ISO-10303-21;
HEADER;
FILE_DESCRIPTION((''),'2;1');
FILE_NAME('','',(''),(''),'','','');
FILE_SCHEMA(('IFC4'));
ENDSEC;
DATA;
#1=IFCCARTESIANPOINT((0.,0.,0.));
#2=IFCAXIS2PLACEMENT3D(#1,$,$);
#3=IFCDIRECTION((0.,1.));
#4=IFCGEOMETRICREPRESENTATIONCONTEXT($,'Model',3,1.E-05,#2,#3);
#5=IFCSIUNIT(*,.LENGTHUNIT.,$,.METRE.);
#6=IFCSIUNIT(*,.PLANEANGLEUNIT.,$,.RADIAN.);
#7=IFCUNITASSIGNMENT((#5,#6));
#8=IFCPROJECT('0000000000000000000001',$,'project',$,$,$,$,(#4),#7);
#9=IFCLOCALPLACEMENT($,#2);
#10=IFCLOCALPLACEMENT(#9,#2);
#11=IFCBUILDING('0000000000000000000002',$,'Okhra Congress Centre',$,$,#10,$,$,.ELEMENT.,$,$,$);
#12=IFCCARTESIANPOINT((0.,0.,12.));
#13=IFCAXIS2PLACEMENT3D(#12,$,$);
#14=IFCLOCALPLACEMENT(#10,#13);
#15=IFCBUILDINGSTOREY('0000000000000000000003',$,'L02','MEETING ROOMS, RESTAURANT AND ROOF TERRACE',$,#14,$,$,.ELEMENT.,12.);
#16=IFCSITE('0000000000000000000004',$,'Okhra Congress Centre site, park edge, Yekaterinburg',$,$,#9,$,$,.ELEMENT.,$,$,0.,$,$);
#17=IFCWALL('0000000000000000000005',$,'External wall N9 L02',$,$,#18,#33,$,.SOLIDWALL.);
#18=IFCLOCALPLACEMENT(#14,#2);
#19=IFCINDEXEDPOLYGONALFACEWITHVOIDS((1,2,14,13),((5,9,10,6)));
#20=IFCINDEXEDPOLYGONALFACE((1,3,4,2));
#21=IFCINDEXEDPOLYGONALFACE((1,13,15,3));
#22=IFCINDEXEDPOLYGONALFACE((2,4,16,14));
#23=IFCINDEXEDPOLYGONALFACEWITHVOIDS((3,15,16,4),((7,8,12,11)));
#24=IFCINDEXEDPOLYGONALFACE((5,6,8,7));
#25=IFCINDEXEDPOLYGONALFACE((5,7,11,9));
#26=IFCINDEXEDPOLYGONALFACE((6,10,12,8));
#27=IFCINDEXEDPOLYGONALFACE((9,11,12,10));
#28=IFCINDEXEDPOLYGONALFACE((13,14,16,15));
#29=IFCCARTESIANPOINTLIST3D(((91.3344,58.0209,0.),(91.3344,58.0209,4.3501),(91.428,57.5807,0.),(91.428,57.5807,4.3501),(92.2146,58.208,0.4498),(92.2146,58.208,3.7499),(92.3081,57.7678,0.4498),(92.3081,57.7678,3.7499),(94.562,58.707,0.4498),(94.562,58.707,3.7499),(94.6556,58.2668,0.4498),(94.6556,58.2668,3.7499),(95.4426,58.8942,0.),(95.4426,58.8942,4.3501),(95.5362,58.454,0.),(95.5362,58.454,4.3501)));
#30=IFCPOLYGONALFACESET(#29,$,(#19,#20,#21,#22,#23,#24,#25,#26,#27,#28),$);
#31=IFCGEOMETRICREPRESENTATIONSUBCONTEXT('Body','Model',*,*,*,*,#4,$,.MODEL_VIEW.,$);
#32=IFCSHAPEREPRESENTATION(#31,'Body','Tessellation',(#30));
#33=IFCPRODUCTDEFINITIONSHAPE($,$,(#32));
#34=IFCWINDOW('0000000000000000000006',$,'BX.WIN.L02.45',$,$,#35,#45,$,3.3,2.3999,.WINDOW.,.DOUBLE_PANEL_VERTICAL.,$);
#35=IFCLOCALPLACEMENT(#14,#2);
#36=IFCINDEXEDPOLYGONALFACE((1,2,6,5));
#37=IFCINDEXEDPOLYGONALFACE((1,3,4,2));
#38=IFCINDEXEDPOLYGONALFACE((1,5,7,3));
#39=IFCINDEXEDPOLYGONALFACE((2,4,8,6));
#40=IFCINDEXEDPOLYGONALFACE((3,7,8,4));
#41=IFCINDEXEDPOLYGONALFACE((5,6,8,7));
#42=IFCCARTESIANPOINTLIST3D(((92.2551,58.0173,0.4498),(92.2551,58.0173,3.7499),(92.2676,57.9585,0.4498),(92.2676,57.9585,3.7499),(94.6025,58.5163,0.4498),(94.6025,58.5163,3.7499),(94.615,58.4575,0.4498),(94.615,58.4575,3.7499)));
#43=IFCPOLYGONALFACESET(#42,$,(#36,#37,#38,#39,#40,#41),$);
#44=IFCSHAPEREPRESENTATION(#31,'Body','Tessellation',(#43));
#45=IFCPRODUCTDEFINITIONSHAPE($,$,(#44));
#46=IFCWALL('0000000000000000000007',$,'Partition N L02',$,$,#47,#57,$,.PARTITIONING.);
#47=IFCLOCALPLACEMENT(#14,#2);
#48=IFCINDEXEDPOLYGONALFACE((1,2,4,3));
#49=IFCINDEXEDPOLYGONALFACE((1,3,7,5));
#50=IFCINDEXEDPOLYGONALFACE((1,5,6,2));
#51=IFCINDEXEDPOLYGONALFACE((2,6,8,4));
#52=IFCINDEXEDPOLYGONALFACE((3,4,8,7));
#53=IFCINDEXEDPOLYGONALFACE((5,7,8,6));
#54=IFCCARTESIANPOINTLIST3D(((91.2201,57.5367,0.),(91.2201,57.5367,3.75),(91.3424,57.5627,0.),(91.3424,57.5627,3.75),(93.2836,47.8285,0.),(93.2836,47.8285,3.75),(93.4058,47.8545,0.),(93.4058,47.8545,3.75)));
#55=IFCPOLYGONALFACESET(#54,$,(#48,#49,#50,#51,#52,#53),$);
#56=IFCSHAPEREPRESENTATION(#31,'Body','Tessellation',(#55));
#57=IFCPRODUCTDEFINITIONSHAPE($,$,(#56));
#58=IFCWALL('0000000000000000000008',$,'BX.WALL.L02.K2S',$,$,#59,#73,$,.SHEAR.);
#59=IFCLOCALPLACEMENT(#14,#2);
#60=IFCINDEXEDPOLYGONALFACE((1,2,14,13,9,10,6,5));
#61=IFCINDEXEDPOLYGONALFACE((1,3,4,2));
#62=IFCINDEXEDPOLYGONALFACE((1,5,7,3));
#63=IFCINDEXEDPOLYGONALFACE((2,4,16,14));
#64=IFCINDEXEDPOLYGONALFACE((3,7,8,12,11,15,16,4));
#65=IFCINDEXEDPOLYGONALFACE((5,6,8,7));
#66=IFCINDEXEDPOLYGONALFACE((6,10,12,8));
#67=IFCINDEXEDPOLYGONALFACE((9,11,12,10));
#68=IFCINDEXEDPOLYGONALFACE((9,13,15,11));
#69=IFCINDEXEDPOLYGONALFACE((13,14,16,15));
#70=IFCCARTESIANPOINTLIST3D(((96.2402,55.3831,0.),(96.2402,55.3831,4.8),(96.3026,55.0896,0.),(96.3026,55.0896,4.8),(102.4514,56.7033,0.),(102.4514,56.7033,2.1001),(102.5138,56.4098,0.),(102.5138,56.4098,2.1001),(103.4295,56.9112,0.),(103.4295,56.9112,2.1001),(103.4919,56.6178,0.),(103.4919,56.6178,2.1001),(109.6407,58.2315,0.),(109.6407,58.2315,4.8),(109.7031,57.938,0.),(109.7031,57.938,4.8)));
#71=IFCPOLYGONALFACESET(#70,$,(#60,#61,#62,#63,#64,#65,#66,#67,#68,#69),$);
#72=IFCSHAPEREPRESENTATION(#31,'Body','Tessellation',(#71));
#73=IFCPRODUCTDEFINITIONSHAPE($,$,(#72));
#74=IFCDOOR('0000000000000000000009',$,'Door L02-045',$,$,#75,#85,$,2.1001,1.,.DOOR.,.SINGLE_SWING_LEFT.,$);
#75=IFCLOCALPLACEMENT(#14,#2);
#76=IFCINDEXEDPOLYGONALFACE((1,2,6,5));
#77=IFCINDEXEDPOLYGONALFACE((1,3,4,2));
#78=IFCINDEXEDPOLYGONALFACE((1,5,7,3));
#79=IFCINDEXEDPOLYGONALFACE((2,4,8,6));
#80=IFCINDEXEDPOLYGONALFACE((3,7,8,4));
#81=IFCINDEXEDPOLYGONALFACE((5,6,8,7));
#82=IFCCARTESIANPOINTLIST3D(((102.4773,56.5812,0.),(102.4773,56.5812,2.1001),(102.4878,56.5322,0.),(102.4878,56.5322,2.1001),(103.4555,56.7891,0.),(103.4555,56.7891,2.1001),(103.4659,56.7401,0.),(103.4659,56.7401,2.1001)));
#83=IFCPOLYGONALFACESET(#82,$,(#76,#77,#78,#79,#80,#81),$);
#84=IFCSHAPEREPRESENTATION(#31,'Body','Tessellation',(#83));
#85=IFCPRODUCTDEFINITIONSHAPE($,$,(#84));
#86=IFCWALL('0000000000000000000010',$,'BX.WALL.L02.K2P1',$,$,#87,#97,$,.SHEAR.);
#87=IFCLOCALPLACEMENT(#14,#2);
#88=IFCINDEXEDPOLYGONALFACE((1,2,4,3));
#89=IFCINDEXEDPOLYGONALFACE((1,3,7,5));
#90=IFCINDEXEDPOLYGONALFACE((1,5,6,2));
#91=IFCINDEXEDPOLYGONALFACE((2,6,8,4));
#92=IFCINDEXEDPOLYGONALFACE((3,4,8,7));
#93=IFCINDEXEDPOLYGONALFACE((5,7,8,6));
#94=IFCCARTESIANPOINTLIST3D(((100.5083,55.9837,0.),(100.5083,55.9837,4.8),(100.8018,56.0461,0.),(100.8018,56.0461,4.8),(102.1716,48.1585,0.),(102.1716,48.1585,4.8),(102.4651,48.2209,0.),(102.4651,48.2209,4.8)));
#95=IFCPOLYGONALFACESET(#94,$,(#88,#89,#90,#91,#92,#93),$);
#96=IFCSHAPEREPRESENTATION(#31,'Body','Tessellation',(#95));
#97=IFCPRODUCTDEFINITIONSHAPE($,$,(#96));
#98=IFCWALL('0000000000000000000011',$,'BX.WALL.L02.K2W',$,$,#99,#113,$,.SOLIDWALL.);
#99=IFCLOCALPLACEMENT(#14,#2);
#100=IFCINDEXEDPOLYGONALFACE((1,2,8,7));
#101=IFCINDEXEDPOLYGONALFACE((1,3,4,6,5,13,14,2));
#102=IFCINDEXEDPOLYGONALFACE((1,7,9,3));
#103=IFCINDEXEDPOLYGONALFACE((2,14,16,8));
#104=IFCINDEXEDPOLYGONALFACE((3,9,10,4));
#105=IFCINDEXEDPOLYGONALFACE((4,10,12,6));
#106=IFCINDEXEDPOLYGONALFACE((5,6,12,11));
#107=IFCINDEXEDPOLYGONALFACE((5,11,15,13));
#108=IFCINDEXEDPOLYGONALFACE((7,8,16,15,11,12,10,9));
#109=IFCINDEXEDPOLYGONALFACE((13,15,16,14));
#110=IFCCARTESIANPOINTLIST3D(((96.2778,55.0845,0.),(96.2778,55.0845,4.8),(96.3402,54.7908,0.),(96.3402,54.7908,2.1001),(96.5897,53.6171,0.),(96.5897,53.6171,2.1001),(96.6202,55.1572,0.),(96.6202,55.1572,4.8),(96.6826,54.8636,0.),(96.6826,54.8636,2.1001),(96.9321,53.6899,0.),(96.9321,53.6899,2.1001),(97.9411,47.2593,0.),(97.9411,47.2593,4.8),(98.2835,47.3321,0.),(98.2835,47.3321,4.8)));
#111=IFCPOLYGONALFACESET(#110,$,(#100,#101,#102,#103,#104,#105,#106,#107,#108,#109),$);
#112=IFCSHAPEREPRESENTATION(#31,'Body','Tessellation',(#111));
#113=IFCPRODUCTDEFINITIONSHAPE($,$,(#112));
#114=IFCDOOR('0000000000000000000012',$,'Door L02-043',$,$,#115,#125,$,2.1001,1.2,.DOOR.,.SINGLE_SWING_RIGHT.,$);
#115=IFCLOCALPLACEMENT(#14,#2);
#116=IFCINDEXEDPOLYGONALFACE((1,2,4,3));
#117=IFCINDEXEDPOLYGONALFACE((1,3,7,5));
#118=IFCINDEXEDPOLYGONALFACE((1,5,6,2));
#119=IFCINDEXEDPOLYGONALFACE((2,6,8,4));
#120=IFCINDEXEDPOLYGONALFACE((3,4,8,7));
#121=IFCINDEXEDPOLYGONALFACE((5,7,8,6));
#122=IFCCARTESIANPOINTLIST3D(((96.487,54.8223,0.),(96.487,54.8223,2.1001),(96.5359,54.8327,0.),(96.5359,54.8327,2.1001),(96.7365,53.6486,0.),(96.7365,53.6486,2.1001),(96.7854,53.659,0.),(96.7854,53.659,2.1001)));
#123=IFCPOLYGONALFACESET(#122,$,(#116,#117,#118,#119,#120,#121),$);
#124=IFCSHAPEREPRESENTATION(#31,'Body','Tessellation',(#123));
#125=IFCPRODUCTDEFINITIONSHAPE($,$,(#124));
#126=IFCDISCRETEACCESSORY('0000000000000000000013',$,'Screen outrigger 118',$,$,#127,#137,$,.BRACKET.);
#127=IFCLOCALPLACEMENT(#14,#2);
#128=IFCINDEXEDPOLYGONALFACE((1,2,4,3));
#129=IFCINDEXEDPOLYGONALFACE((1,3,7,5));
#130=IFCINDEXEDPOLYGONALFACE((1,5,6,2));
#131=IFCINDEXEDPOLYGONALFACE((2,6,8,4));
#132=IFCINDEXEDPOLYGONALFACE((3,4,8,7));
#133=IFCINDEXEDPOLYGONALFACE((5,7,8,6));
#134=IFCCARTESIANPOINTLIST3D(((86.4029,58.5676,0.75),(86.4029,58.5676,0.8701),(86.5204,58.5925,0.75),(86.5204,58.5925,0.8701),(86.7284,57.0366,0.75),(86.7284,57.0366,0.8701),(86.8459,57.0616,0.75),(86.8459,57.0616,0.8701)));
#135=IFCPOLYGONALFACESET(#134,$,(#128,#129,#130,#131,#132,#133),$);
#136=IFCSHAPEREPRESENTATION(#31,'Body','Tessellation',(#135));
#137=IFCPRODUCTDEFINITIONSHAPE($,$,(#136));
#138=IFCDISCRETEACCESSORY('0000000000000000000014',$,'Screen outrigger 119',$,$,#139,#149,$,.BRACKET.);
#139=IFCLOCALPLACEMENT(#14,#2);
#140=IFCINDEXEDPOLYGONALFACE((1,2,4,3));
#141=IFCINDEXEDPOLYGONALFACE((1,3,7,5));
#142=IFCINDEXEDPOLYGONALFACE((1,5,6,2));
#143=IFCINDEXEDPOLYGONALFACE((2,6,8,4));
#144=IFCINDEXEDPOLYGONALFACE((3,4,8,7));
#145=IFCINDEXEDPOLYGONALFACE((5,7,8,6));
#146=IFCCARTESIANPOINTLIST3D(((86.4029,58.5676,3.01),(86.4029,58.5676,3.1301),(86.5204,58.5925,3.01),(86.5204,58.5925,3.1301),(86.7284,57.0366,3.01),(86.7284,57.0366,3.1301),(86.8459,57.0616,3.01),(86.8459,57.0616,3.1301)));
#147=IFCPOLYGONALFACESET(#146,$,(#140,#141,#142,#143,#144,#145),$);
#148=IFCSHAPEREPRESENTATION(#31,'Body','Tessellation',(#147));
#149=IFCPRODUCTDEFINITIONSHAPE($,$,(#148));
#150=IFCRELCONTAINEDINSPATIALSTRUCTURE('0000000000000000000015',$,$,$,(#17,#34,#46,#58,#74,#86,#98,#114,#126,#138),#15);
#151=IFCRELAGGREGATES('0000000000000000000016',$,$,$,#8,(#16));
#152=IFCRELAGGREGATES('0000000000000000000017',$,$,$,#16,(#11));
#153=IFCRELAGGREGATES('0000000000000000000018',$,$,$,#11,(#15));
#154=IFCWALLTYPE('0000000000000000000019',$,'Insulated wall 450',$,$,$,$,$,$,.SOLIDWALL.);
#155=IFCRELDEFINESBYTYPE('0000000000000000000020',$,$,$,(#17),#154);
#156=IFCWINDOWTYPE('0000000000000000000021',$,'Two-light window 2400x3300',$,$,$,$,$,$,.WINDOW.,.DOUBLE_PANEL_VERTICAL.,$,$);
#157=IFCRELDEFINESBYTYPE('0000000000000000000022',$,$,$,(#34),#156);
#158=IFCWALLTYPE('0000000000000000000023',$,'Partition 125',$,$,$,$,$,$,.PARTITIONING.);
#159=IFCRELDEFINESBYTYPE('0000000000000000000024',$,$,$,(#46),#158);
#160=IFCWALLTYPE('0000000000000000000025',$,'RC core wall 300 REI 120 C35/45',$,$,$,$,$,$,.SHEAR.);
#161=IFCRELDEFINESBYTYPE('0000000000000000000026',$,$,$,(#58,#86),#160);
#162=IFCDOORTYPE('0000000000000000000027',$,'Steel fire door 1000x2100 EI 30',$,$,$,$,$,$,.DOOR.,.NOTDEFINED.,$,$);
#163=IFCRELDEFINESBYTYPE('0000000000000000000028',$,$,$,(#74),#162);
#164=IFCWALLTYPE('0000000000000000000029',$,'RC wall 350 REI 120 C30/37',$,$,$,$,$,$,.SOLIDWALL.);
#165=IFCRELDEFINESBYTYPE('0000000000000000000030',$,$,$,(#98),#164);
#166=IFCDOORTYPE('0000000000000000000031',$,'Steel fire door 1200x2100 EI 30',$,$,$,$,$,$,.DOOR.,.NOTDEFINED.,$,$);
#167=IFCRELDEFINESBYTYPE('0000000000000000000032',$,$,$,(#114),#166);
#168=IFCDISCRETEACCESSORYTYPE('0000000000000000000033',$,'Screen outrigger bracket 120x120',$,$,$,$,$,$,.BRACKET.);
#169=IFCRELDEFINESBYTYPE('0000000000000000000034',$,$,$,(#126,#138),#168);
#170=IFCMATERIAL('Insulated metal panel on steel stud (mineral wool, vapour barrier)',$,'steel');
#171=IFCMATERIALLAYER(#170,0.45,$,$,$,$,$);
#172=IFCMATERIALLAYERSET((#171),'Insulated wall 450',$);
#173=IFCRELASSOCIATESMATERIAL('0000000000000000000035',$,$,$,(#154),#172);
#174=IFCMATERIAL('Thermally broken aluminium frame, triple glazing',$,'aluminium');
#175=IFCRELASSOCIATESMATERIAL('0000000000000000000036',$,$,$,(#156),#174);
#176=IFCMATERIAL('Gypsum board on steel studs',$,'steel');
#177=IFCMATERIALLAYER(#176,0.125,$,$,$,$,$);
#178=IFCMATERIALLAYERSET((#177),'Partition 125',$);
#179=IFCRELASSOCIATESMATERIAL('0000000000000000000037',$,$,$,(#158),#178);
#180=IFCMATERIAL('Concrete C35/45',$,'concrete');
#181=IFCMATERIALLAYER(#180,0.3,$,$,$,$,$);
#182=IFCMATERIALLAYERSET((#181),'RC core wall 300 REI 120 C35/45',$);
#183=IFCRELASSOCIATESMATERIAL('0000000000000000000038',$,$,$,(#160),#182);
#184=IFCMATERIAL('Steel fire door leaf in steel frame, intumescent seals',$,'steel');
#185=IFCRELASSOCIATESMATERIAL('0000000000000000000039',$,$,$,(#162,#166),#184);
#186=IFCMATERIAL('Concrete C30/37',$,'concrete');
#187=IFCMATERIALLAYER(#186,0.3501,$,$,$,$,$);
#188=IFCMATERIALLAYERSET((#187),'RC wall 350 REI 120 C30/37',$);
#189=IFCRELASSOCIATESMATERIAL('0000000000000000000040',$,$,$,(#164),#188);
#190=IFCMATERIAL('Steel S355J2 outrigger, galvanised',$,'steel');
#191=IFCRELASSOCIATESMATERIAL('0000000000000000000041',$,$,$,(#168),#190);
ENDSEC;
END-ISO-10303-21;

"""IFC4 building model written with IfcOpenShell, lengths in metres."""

from ifc_helpers import new_model, si_unit, direction, frame, frame_2d, origin, origin_2d, place, context, subcontext, project, spatial, rectangle, extrude, material, layer, layer_set, material_profile, profile_set, type_object, element, fill, save


model = new_model("IFC4")

# Units and contexts
model_context = context("Model", 3, precision=1e-05, world=origin(), true_north=direction((0.0, 1.0)))
body_context = subcontext(model_context, "Body", "Model", "MODEL_VIEW")
ifc_project = project(units=[si_unit("LENGTHUNIT", "METRE"), si_unit("PLANEANGLEUNIT", "RADIAN")], contexts=[model_context])

# Site, building, storey
site_placement = place(None, origin())
site = spatial("IfcSite", under=ifc_project, at=site_placement, Name="Okhra Congress Centre site, park edge, Yekaterinburg", CompositionType="ELEMENT", RefElevation=0.0)
building_placement = place(site_placement, origin())
building = spatial("IfcBuilding", under=site, at=building_placement, Name="Okhra Congress Centre", CompositionType="ELEMENT")
storey_placement = place(building_placement, frame((0.0, 0.0, 12.0)))
storey = spatial("IfcBuildingStorey", under=building, at=storey_placement, Name="L02", Description="MEETING ROOMS, RESTAURANT AND ROOF TERRACE", CompositionType="ELEMENT", Elevation=12.0)

# Wall, opening, window
ifc_material_1 = material(Name="Insulated metal panel on steel stud (mineral wool, vapour barrier)", Category="steel")
ifc_layer_1 = layer(ifc_material_1, 0.45)
ifc_layer_set_1 = layer_set([ifc_layer_1], Name="Insulated wall 450")
wall_type_1 = type_object("IfcWallType", Name="Insulated wall 450", PredefinedType="SOLIDWALL", material=ifc_layer_set_1)
ifc_material_2 = material(Name="Thermally broken aluminium frame, triple glazing", Category="aluminium")
wall_1_placement = place(storey_placement, frame((91.3811, 57.8008, 0.0), z_axis=(0.0, 0.0, 1.0), x_axis=(0.978144, 0.207929, 0.0)))
wall_1 = element("IfcWall", 1, at=wall_1_placement, inside=storey, type_object=wall_type_1, Name="External wall N9 L02", PredefinedType="SOLIDWALL", context=body_context, shape_type="SweptSolid", body=[
    extrude(rectangle(XDim=4.2, YDim=0.45, at=frame_2d((2.1001, 0.0))), origin(), (0.0, 0.0, 1.0), 4.3501),
])
opening_1_placement = place(wall_1_placement, frame((0.8999, 0.0, 0.45)))
opening_1 = element("IfcOpeningElement", 2, at=opening_1_placement, cuts=wall_1, PredefinedType="OPENING", context=body_context, shape_type="SweptSolid", body=[
    extrude(rectangle(XDim=2.3999, YDim=3.3, at=frame_2d((1.2, 1.6499))), frame((0.0, 0.2349, 0.0), z_axis=(0.0, -1.0, 0.0), x_axis=(1.0, 0.0, 0.0)), (0.0, 0.0, 1.0), 0.47),
])
window_type_1 = type_object("IfcWindowType", Name="Two-light window 2400x3300", PartitioningType="DOUBLE_PANEL_VERTICAL", PredefinedType="WINDOW", material=ifc_material_2)
window_1_placement = place(opening_1_placement, origin())
window_1 = element("IfcWindow", 3, at=window_1_placement, inside=storey, type_object=window_type_1, Name="BX.WIN.L02.45", OverallHeight=3.3, OverallWidth=2.3999, PartitioningType="DOUBLE_PANEL_VERTICAL", PredefinedType="WINDOW", context=body_context, shape_type="SweptSolid", body=[
    extrude(rectangle(XDim=2.3999, YDim=3.3, at=frame_2d((1.2, 1.6499))), frame((0.0, 0.03, 0.0), z_axis=(0.0, -1.0, 0.0), x_axis=(1.0, 0.0, 0.0)), (0.0, 0.0, 1.0), 0.0601),
])
fill(opening_1, window_1)

# Wall
ifc_material_3 = material(Name="Gypsum board on steel studs", Category="steel")
ifc_layer_2 = layer(ifc_material_3, 0.125)
ifc_layer_set_2 = layer_set([ifc_layer_2], Name="Partition 125")
wall_type_2 = type_object("IfcWallType", Name="Partition 125", PredefinedType="PARTITIONING", material=ifc_layer_set_2)
wall_2_placement = place(storey_placement, frame((91.2812, 57.5496, 0.0), z_axis=(0.0, 0.0, 1.0), x_axis=(0.207904, -0.978149, 0.0)))
element("IfcWall", 4, at=wall_2_placement, inside=storey, type_object=wall_type_2, Name="Partition N L02", PredefinedType="PARTITIONING", context=body_context, shape_type="SweptSolid", body=[
    extrude(rectangle(XDim=9.925, YDim=0.125, at=frame_2d((4.9624, 0.0))), origin(), (0.0, 0.0, 1.0), 3.75),
])

# Wall, opening, door
ifc_material_4 = material(Name="Concrete C35/45", Category="concrete")
ifc_layer_3 = layer(ifc_material_4, 0.3)
ifc_layer_set_3 = layer_set([ifc_layer_3], Name="RC core wall 300 REI 120 C35/45")
wall_type_3 = type_object("IfcWallType", Name="RC core wall 300 REI 120 C35/45", PredefinedType="SHEAR", material=ifc_layer_set_3)
wall_3_placement = place(storey_placement, frame((96.2712, 55.2363, 0.0), z_axis=(0.0, 0.0, 1.0), x_axis=(0.978148, 0.207911, 0.0)))
wall_3 = element("IfcWall", 5, at=wall_3_placement, inside=storey, type_object=wall_type_3, Name="BX.WALL.L02.K2S", PredefinedType="SHEAR", context=body_context, shape_type="SweptSolid", body=[
    extrude(rectangle(XDim=13.7, YDim=0.3, at=frame_2d((6.8501, 0.0))), origin(), (0.0, 0.0, 1.0), 4.8),
])
opening_2_placement = place(wall_3_placement, frame((6.3501, 0.0, 0.0)))
opening_2 = element("IfcOpeningElement", 6, at=opening_2_placement, cuts=wall_3, PredefinedType="OPENING", context=body_context, shape_type="SweptSolid", body=[
    extrude(rectangle(XDim=1.0, YDim=2.1001, at=frame_2d((0.5, 1.05))), frame((0.0, 0.1599, 0.0), z_axis=(0.0, -1.0, 0.0), x_axis=(1.0, 0.0, 0.0)), (0.0, 0.0, 1.0), 0.3201),
])
ifc_material_5 = material(Name="Steel fire door leaf in steel frame, intumescent seals", Category="steel")
door_type_1 = type_object("IfcDoorType", Name="Steel fire door 1000x2100 EI 30", OperationType="NOTDEFINED", PredefinedType="DOOR", material=ifc_material_5)
door_1_placement = place(opening_2_placement, frame((1.0, 0.0, 0.0), z_axis=(0.0, 0.0, 1.0), x_axis=(-1.0, 0.0, 0.0)))
door_1 = element("IfcDoor", 7, at=door_1_placement, inside=storey, type_object=door_type_1, Name="Door L02-045", OperationType="SINGLE_SWING_LEFT", OverallHeight=2.1001, OverallWidth=1.0, PredefinedType="DOOR", context=body_context, shape_type="SweptSolid", body=[
    extrude(rectangle(XDim=1.0, YDim=2.1001, at=frame_2d((0.5, 1.05))), frame((0.0, 0.0249, 0.0), z_axis=(0.0, -1.0, 0.0), x_axis=(1.0, 0.0, 0.0)), (0.0, 0.0, 1.0), 0.05),
])
fill(opening_2, door_1)

# Wall
wall_4_placement = place(storey_placement, frame((100.655, 56.0149, 0.0), z_axis=(0.0, 0.0, 1.0), x_axis=(0.207916, -0.978147, 0.0)))
element("IfcWall", 8, at=wall_4_placement, inside=storey, type_object=wall_type_3, Name="BX.WALL.L02.K2P1", PredefinedType="SHEAR", context=body_context, shape_type="SweptSolid", body=[
    extrude(rectangle(XDim=8.0, YDim=0.3, at=frame_2d((4.0, 0.0))), origin(), (0.0, 0.0, 1.0), 4.8),
])

# Wall, opening, door
ifc_material_6 = material(Name="Concrete C30/37", Category="concrete")
ifc_layer_4 = layer(ifc_material_6, 0.3501)
ifc_layer_set_4 = layer_set([ifc_layer_4], Name="RC wall 350 REI 120 C30/37")
wall_type_4 = type_object("IfcWallType", Name="RC wall 350 REI 120 C30/37", PredefinedType="SOLIDWALL", material=ifc_layer_set_4)
wall_5_placement = place(storey_placement, frame((96.449, 55.1208, 0.0), z_axis=(0.0, 0.0, 1.0), x_axis=(0.207916, -0.978147, 0.0)))
wall_5 = element("IfcWall", 9, at=wall_5_placement, inside=storey, type_object=wall_type_4, Name="BX.WALL.L02.K2W", PredefinedType="SOLIDWALL", context=body_context, shape_type="SweptSolid", body=[
    extrude(rectangle(XDim=8.0, YDim=0.3501, at=frame_2d((4.0, 0.0))), origin(), (0.0, 0.0, 1.0), 4.8),
])
opening_3_placement = place(wall_5_placement, frame((0.3, 0.0, 0.0)))
opening_3 = element("IfcOpeningElement", 10, at=opening_3_placement, cuts=wall_5, PredefinedType="OPENING", context=body_context, shape_type="SweptSolid", body=[
    extrude(rectangle(XDim=1.2, YDim=2.1001, at=frame_2d((0.6001, 1.05))), frame((0.0, 0.1851, 0.0), z_axis=(0.0, -1.0, 0.0), x_axis=(1.0, 0.0, 0.0)), (0.0, 0.0, 1.0), 0.3701),
])
door_type_2 = type_object("IfcDoorType", Name="Steel fire door 1200x2100 EI 30", OperationType="NOTDEFINED", PredefinedType="DOOR", material=ifc_material_5)
door_2_placement = place(opening_3_placement, frame((1.2, 0.0, 0.0), z_axis=(0.0, 0.0, 1.0), x_axis=(-1.0, 0.0, 0.0)))
door_2 = element("IfcDoor", 11, at=door_2_placement, inside=storey, type_object=door_type_2, Name="Door L02-043", OperationType="SINGLE_SWING_RIGHT", OverallHeight=2.1001, OverallWidth=1.2, PredefinedType="DOOR", context=body_context, shape_type="SweptSolid", body=[
    extrude(rectangle(XDim=1.2, YDim=2.1001, at=frame_2d((0.6001, 1.05))), frame((0.0, 0.0249, 0.0), z_axis=(0.0, -1.0, 0.0), x_axis=(1.0, 0.0, 0.0)), (0.0, 0.0, 1.0), 0.05),
])
fill(opening_3, door_2)

# Discrete accessories
ifc_material_7 = material(Name="Steel S355J2 outrigger, galvanised", Category="steel")
ifc_material_profile_1 = material_profile(ifc_material_7, rectangle(XDim=0.1201, YDim=0.1201, at=origin_2d()), Name="Screen outrigger bracket 120x120")
ifc_profile_set_1 = profile_set([ifc_material_profile_1], Name="Steel S355J2 outrigger, galvanised")
discrete_accessory_type = type_object("IfcDiscreteAccessoryType", Name="Screen outrigger bracket 120x120", PredefinedType="BRACKET", material=ifc_profile_set_1)
for number, where, z_axis, x_axis, name in (
    (12, (86.7871, 57.0491, 0.8101), (-0.20792, 0.978146, 0.0), (-0.978146, -0.20792, 0.0), "Screen outrigger 118"),
    (13, (86.7871, 57.0491, 3.0701), (-0.20792, 0.978146, 0.0), (-0.978146, -0.20792, 0.0), "Screen outrigger 119"),
):
    element("IfcDiscreteAccessory", number, at=place(storey_placement, frame(where, z_axis=z_axis, x_axis=x_axis)), inside=storey, type_object=discrete_accessory_type, Name=name, PredefinedType="BRACKET", context=body_context, shape_type="SweptSolid", body=[
        extrude(rectangle(XDim=0.1201, YDim=0.1201, at=origin_2d()), origin(), (0.0, 0.0, 1.0), 1.5652),
    ])

save(model, "model.ifc")
